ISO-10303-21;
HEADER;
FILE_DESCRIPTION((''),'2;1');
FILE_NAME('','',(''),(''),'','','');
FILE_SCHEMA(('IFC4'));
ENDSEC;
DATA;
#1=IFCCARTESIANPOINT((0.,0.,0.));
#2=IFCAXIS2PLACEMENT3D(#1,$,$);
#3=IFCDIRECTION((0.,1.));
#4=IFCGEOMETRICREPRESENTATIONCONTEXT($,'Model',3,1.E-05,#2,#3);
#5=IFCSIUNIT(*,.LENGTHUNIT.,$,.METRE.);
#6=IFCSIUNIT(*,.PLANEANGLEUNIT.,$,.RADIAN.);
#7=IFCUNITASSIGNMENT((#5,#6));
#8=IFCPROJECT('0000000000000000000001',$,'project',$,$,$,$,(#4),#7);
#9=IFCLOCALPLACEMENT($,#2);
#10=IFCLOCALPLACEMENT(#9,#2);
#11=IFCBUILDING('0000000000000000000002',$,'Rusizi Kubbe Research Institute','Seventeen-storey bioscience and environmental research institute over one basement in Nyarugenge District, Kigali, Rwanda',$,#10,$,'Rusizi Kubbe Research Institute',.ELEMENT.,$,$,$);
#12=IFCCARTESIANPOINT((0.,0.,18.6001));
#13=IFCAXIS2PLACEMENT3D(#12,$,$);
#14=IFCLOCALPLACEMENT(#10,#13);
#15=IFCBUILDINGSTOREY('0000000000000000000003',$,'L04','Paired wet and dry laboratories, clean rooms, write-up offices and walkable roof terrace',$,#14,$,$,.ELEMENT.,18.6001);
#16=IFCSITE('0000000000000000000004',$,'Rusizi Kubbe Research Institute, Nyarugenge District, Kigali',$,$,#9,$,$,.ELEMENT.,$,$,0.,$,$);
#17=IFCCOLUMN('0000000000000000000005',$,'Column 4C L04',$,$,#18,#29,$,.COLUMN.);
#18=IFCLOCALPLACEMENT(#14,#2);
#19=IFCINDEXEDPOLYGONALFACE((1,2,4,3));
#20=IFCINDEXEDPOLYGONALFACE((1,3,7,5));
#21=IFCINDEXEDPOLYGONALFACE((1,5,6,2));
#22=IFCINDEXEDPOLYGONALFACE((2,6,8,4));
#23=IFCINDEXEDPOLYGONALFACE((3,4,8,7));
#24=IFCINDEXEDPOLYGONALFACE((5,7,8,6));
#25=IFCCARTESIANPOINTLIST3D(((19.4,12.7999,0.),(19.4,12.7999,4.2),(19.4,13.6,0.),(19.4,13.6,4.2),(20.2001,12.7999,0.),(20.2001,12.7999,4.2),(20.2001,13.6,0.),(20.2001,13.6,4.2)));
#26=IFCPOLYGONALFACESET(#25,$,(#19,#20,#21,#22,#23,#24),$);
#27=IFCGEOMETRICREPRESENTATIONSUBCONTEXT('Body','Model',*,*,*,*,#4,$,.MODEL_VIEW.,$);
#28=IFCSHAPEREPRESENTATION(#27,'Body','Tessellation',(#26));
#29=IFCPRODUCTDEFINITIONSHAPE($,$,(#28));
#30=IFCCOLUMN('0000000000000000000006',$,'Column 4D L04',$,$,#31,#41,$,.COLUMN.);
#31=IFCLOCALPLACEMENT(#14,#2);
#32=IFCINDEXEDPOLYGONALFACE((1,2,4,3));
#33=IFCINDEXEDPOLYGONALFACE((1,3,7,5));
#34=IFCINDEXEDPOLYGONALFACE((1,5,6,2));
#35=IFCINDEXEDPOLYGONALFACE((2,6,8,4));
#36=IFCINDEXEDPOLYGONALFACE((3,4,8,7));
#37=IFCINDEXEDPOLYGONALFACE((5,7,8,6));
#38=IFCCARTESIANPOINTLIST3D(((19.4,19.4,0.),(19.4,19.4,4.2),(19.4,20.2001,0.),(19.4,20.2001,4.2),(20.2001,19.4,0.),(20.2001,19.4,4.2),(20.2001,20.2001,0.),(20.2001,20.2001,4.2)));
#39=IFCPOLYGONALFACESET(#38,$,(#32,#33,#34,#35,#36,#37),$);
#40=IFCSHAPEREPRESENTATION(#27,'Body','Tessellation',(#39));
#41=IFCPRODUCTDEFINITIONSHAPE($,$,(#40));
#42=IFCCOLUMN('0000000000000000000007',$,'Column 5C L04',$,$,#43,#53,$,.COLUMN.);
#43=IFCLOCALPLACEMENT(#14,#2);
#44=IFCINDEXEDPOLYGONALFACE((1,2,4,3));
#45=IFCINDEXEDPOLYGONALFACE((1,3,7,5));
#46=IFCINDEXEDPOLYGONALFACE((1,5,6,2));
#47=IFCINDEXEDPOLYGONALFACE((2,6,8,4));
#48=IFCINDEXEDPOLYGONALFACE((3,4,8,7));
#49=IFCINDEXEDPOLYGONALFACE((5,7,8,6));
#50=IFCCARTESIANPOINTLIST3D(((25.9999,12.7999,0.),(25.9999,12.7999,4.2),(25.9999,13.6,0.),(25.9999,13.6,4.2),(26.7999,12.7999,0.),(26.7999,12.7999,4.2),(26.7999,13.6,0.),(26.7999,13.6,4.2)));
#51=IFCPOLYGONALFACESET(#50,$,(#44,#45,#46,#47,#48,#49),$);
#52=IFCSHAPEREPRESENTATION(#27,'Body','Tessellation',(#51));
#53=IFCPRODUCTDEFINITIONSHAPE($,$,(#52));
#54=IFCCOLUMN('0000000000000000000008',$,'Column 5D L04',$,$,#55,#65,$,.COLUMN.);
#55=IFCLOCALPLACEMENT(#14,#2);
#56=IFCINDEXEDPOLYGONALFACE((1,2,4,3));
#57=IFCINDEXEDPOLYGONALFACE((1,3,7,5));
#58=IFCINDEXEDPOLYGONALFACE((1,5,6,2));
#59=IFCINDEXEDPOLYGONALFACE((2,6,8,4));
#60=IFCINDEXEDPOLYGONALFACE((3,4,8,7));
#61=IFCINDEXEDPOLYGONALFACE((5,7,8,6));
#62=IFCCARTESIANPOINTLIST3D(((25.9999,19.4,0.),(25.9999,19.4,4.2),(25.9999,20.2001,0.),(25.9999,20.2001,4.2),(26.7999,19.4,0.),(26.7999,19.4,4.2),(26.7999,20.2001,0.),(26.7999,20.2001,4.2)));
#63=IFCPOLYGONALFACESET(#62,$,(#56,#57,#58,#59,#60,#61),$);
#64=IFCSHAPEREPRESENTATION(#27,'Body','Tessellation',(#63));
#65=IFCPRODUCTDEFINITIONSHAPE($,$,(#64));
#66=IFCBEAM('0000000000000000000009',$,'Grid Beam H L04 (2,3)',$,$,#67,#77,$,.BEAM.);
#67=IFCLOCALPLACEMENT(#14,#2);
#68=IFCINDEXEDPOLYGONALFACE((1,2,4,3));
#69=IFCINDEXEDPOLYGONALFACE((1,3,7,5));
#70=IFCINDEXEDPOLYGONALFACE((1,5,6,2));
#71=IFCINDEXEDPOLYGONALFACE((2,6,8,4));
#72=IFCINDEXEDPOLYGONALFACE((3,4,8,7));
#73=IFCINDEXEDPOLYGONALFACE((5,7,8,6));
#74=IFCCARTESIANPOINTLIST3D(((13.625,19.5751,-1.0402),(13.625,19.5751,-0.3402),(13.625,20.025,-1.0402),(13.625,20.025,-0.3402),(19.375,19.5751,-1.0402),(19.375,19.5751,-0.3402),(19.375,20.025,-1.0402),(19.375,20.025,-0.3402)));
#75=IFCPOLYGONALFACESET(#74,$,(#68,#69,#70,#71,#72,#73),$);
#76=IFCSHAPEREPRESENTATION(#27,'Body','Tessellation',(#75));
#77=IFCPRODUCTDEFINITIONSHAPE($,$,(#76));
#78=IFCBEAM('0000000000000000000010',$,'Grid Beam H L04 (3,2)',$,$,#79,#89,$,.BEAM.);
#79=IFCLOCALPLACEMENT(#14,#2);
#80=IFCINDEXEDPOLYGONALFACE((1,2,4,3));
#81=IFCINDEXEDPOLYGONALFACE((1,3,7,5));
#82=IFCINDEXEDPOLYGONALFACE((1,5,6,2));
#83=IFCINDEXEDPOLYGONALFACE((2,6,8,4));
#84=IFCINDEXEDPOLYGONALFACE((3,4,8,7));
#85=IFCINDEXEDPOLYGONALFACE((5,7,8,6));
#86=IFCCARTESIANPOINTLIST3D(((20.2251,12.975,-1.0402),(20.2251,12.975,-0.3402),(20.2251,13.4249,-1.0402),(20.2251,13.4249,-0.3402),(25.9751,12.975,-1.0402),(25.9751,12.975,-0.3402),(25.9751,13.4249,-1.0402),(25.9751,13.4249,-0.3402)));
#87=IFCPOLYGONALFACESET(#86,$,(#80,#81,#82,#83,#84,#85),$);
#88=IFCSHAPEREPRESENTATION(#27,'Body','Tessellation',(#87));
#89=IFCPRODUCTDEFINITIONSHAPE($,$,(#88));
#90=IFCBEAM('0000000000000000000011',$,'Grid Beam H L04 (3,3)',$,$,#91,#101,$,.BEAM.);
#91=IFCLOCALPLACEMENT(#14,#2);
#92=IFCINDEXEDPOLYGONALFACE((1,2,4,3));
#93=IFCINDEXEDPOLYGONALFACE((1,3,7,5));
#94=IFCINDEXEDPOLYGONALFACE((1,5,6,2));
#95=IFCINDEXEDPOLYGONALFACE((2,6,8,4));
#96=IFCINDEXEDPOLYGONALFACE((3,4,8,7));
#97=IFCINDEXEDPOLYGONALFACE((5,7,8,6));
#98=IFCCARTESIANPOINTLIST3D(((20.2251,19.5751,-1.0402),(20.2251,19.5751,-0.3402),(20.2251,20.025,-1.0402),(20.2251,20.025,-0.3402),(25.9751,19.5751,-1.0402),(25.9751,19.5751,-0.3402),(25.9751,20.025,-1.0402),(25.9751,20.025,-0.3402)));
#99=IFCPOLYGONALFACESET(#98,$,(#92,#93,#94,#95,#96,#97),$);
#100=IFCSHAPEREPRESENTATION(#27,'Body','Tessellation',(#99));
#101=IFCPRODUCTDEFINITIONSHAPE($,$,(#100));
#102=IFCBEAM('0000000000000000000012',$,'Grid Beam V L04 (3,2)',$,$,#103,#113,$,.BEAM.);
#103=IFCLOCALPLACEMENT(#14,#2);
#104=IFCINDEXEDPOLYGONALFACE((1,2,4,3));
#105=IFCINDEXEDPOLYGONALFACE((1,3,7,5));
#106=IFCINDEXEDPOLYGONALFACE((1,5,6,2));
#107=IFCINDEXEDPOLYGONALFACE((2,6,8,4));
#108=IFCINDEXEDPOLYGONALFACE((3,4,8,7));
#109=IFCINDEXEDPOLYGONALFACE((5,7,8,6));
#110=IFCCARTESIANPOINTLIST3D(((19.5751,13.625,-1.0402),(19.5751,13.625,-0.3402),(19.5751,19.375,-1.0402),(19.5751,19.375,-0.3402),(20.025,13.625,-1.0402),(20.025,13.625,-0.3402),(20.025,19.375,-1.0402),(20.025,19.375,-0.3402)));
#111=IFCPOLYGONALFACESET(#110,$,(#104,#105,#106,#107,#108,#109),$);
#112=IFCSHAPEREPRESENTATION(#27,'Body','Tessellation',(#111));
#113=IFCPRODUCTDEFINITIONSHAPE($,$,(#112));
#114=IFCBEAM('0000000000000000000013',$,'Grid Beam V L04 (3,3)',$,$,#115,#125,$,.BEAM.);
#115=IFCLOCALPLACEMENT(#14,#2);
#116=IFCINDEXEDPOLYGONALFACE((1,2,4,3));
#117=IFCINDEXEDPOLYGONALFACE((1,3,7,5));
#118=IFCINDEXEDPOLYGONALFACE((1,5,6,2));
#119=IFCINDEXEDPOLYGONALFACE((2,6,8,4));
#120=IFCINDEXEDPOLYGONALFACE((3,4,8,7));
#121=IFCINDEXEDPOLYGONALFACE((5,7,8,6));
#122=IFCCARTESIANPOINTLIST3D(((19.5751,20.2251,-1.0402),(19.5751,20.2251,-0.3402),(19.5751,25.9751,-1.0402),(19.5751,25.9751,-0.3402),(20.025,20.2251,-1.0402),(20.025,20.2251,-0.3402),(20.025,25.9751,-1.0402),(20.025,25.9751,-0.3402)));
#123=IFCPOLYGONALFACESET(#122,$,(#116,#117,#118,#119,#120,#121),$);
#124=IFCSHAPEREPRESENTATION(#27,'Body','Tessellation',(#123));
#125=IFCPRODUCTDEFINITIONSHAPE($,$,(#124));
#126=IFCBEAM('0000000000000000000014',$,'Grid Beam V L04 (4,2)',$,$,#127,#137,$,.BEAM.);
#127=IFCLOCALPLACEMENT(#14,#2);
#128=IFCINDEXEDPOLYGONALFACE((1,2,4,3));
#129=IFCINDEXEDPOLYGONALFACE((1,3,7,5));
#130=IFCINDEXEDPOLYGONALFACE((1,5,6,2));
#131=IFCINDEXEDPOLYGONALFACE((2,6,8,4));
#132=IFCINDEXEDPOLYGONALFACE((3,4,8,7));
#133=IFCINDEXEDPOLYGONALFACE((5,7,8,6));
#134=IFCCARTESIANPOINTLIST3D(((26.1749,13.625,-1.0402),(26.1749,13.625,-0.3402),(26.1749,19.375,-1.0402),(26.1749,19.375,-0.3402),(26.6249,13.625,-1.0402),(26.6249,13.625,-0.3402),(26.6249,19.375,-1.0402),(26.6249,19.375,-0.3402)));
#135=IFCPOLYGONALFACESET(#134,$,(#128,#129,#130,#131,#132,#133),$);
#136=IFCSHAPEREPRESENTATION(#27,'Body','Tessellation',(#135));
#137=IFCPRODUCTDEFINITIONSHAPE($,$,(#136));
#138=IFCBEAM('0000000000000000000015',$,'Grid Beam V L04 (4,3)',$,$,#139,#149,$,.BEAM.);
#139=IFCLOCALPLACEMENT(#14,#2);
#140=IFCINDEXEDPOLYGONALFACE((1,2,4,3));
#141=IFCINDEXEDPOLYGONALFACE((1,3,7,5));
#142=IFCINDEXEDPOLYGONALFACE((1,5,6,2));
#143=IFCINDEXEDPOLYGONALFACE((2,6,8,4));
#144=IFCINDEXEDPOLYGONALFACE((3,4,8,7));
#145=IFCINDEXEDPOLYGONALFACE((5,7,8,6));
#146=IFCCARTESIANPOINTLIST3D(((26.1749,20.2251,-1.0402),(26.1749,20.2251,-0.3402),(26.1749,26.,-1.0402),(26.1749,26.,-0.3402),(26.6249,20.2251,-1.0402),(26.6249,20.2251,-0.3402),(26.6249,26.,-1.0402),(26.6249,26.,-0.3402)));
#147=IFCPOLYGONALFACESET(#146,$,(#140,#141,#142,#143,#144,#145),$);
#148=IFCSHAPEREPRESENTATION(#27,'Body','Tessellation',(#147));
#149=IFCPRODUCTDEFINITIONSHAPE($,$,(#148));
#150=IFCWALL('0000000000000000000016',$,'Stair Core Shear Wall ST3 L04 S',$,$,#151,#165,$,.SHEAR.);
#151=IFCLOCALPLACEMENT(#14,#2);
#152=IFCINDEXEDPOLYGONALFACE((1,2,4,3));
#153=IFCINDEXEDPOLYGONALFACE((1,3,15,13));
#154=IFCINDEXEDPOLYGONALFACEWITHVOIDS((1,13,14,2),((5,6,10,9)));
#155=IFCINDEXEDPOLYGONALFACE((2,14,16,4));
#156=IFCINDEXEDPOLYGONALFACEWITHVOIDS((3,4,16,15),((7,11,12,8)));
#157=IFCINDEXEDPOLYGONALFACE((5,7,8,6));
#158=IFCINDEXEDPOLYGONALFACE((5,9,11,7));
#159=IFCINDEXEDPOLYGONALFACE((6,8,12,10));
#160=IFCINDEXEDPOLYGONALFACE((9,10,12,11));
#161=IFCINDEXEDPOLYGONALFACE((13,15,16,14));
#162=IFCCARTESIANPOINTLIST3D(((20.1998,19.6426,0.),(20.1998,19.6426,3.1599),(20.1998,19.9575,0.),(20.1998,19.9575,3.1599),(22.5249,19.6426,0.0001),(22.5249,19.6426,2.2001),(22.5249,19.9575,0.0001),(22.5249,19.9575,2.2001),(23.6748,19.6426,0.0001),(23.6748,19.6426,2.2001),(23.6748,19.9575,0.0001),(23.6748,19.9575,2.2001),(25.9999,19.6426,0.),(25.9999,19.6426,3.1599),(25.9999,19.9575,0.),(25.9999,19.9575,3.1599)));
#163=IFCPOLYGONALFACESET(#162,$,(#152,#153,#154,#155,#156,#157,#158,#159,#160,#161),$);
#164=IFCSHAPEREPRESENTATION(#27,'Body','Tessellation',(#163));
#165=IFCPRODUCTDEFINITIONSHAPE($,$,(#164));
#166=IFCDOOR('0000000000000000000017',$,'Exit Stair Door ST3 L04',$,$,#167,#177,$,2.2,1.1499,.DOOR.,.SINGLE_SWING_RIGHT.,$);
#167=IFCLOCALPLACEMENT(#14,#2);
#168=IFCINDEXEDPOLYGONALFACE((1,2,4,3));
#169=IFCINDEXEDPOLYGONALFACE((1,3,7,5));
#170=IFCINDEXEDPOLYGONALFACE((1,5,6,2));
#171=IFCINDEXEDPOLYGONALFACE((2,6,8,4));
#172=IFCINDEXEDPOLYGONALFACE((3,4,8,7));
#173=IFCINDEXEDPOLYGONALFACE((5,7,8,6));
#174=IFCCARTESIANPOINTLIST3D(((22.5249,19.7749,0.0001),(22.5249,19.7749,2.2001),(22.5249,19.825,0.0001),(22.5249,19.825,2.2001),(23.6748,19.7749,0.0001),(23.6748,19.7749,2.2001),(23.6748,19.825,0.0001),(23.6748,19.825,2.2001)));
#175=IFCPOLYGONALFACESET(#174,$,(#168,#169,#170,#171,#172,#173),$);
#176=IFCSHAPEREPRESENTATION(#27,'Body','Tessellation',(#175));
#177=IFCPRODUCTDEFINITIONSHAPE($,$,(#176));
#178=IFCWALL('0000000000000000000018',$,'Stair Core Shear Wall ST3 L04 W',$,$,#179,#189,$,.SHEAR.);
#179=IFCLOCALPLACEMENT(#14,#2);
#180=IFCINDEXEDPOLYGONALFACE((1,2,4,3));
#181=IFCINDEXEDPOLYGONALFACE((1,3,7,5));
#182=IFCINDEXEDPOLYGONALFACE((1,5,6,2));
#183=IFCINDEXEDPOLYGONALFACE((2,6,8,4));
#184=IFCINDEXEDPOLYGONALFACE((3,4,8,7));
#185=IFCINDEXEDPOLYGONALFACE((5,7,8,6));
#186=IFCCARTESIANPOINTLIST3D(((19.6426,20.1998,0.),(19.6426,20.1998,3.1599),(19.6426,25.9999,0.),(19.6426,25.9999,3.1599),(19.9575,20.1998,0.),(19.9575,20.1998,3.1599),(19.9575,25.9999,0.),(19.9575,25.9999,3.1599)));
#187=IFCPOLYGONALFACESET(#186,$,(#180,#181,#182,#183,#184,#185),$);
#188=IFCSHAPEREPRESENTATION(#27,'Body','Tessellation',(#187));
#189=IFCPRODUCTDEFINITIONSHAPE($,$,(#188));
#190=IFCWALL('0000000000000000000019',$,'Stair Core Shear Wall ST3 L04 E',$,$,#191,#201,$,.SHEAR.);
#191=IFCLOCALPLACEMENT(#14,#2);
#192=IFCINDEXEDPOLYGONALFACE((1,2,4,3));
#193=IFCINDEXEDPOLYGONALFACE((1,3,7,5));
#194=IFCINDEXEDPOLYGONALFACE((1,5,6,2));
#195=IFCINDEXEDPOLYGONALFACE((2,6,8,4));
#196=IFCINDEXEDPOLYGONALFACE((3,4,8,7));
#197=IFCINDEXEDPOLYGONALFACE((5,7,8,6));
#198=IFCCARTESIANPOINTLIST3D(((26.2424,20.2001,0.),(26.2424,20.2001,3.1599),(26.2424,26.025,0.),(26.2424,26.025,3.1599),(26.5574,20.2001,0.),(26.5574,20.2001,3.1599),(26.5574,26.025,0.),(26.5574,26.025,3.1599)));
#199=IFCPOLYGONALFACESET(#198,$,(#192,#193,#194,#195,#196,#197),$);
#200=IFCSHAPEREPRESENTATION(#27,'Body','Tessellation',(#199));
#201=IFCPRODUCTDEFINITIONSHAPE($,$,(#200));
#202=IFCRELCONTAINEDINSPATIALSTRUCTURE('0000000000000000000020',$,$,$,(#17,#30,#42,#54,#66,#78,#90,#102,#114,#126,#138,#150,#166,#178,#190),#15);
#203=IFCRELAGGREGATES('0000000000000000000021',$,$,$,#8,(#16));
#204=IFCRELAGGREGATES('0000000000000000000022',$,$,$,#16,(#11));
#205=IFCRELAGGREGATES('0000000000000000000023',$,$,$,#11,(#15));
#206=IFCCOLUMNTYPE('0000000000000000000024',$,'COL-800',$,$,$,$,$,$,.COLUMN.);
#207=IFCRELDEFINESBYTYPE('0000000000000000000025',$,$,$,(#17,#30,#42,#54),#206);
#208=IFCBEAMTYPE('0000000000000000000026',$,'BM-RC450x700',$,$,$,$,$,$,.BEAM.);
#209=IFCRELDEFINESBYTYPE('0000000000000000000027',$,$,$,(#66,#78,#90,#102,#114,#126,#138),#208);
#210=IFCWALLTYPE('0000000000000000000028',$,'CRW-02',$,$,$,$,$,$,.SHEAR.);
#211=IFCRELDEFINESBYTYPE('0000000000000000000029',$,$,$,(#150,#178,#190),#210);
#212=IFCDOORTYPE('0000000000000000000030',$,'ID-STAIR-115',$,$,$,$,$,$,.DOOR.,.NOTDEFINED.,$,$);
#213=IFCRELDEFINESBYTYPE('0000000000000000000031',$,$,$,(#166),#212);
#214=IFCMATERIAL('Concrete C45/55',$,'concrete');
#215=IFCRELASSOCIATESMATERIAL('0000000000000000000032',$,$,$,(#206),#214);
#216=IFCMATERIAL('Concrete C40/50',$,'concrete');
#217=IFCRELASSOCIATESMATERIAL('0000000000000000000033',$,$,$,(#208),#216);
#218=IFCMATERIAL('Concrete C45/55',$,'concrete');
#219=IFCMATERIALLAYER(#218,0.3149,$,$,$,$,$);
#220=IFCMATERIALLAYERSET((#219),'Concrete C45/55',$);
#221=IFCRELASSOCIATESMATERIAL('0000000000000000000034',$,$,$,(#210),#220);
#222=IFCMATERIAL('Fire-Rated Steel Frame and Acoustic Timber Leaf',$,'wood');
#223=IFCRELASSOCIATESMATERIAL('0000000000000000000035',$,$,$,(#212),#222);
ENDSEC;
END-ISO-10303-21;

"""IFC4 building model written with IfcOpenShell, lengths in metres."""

from ifc_helpers import new_model, si_unit, direction, frame, frame_2d, origin, origin_2d, place, context, subcontext, project, spatial, rectangle, extrude, material, layer, layer_set, material_profile, profile_set, type_object, element, fill, save


model = new_model("IFC4")

# Units and contexts
model_context = context("Model", 3, precision=1e-05, world=origin(), true_north=direction((0.0, 1.0)))
body_context = subcontext(model_context, "Body", "Model", "MODEL_VIEW")
ifc_project = project(units=[si_unit("LENGTHUNIT", "METRE"), si_unit("PLANEANGLEUNIT", "RADIAN")], contexts=[model_context])

# Site, building, storey
site_placement = place(None, origin())
site = spatial("IfcSite", under=ifc_project, at=site_placement, Name="Rusizi Kubbe Research Institute, Nyarugenge District, Kigali", CompositionType="ELEMENT", RefElevation=0.0)
building_placement = place(site_placement, origin())
building = spatial("IfcBuilding", under=site, at=building_placement, Name="Rusizi Kubbe Research Institute", Description="Seventeen-storey bioscience and environmental research institute over one basement in Nyarugenge District, Kigali, Rwanda", LongName="Rusizi Kubbe Research Institute", CompositionType="ELEMENT")
storey_placement = place(building_placement, frame((0.0, 0.0, 18.6001)))
storey = spatial("IfcBuildingStorey", under=building, at=storey_placement, Name="L04", Description="Paired wet and dry laboratories, clean rooms, write-up offices and walkable roof terrace", CompositionType="ELEMENT", Elevation=18.6001)

# Columns
ifc_material_1 = material(Name="Concrete C45/55", Category="concrete")
ifc_material_profile_1 = material_profile(ifc_material_1, rectangle(XDim=0.8, YDim=0.8, at=origin_2d()), Name="RC800x800")
ifc_profile_set_1 = profile_set([ifc_material_profile_1], Name="Concrete C45/55")
column_type = type_object("IfcColumnType", Name="COL-800", PredefinedType="COLUMN", material=ifc_profile_set_1)
for number, where, z_axis, x_axis, name in (
    (1, (19.8, 13.2, 0.0), (0.0, 0.0, 1.0), (1.0, 0.0, 0.0), "Column 4C L04"),
    (2, (19.8, 19.8, 0.0), (0.0, 0.0, 1.0), (1.0, 0.0, 0.0), "Column 4D L04"),
    (3, (26.3999, 13.2, 0.0), (0.0, 0.0, 1.0), (1.0, 0.0, 0.0), "Column 5C L04"),
    (4, (26.3999, 19.8, 0.0), (0.0, 0.0, 1.0), (1.0, 0.0, 0.0), "Column 5D L04"),
):
    element("IfcColumn", number, at=place(storey_placement, frame(where, z_axis=z_axis, x_axis=x_axis)), inside=storey, type_object=column_type, Name=name, PredefinedType="COLUMN", context=body_context, shape_type="SweptSolid", body=[
        extrude(rectangle(XDim=0.8, YDim=0.8, at=origin_2d()), origin(), (0.0, 0.0, 1.0), 4.2),
    ])

# Beams
ifc_material_2 = material(Name="Concrete C40/50", Category="concrete")
ifc_material_profile_2 = material_profile(ifc_material_2, rectangle(XDim=0.45, YDim=0.7, at=origin_2d()), Name="RC450x700B")
ifc_profile_set_2 = profile_set([ifc_material_profile_2], Name="Concrete C40/50")
beam_type = type_object("IfcBeamType", Name="BM-RC450x700", PredefinedType="BEAM", material=ifc_profile_set_2)
for number, where, z_axis, x_axis, name in (
    (5, (13.625, 19.8, -0.6902), (1.0, 0.0, 0.0), (0.0, 1.0, 0.0), "Grid Beam H L04 (2,3)"),
    (6, (20.2251, 13.2, -0.6902), (1.0, 0.0, 0.0), (0.0, 1.0, 0.0), "Grid Beam H L04 (3,2)"),
    (7, (20.2251, 19.8, -0.6902), (1.0, 0.0, 0.0), (0.0, 1.0, 0.0), "Grid Beam H L04 (3,3)"),
    (8, (19.8, 13.625, -0.6902), (0.0, 1.0, 0.0), (-1.0, 0.0, 0.0), "Grid Beam V L04 (3,2)"),
    (9, (19.8, 20.2251, -0.6902), (0.0, 1.0, 0.0), (-1.0, 0.0, 0.0), "Grid Beam V L04 (3,3)"),
    (10, (26.3999, 13.625, -0.6902), (0.0, 1.0, 0.0), (-1.0, 0.0, 0.0), "Grid Beam V L04 (4,2)"),
):
    element("IfcBeam", number, at=place(storey_placement, frame(where, z_axis=z_axis, x_axis=x_axis)), inside=storey, type_object=beam_type, Name=name, PredefinedType="BEAM", context=body_context, shape_type="SweptSolid", body=[
        extrude(rectangle(XDim=0.45, YDim=0.7, at=origin_2d()), origin(), (0.0, 0.0, 1.0), 5.75),
    ])
beam_placement = place(storey_placement, frame((26.3999, 20.2251, -0.6902), z_axis=(0.0, 1.0, 0.0), x_axis=(-1.0, 0.0, 0.0)))
element("IfcBeam", 11, at=beam_placement, inside=storey, type_object=beam_type, Name="Grid Beam V L04 (4,3)", PredefinedType="BEAM", context=body_context, shape_type="SweptSolid", body=[
    extrude(rectangle(XDim=0.45, YDim=0.7, at=origin_2d()), origin(), (0.0, 0.0, 1.0), 5.7749),
])

# Wall, opening, door
ifc_material_3 = material(Name="Concrete C45/55", Category="concrete")
ifc_layer_1 = layer(ifc_material_3, 0.3149)
ifc_layer_set_1 = layer_set([ifc_layer_1], Name="Concrete C45/55")
wall_type_1 = type_object("IfcWallType", Name="CRW-02", PredefinedType="SHEAR", material=ifc_layer_set_1)
wall_1_placement = place(storey_placement, frame((20.2, 19.8, 0.0), z_axis=(0.0, 0.0, 1.0), x_axis=(1.0, 0.0, 0.0)))
wall_1 = element("IfcWall", 12, at=wall_1_placement, inside=storey, type_object=wall_type_1, Name="Stair Core Shear Wall ST3 L04 S", PredefinedType="SHEAR", context=body_context, shape_type="SweptSolid", body=[
    extrude(rectangle(XDim=5.8, YDim=0.3149, at=frame_2d((2.8999, 0.0))), origin(), (0.0, 0.0, 1.0), 3.1599),
])
opening_1_placement = place(wall_1_placement, frame((2.325, 0.0, 0.0)))
opening_1 = element("IfcOpeningElement", 13, at=opening_1_placement, cuts=wall_1, PredefinedType="OPENING", context=body_context, shape_type="SweptSolid", body=[
    extrude(rectangle(XDim=1.1499, YDim=2.2, at=frame_2d((0.575, 1.1001))), frame((0.0, 0.1675, 0.0), z_axis=(0.0, -1.0, 0.0), x_axis=(1.0, 0.0, 0.0)), (0.0, 0.0, 1.0), 0.335),
])
ifc_material_4 = material(Name="Fire-Rated Steel Frame and Acoustic Timber Leaf", Category="wood")
door_type_1 = type_object("IfcDoorType", Name="ID-STAIR-115", OperationType="NOTDEFINED", PredefinedType="DOOR", material=ifc_material_4)
door_1_placement = place(opening_1_placement, origin())
door_1 = element("IfcDoor", 14, at=door_1_placement, inside=storey, type_object=door_type_1, Name="Exit Stair Door ST3 L04", OperationType="SINGLE_SWING_RIGHT", OverallHeight=2.2, OverallWidth=1.1499, PredefinedType="DOOR", context=body_context, shape_type="SweptSolid", body=[
    extrude(rectangle(XDim=1.1499, YDim=2.2, at=frame_2d((0.575, 1.1001))), frame((0.0, 0.0249, 0.0), z_axis=(0.0, -1.0, 0.0), x_axis=(1.0, 0.0, 0.0)), (0.0, 0.0, 1.0), 0.05),
])
fill(opening_1, door_1)

# Walls
wall_2_placement = place(storey_placement, frame((19.8, 20.2, 0.0), z_axis=(0.0, 0.0, 1.0), x_axis=(0.0, 1.0, 0.0)))
element("IfcWall", 15, at=wall_2_placement, inside=storey, type_object=wall_type_1, Name="Stair Core Shear Wall ST3 L04 W", PredefinedType="SHEAR", context=body_context, shape_type="SweptSolid", body=[
    extrude(rectangle(XDim=5.8, YDim=0.3149, at=frame_2d((2.8999, 0.0))), origin(), (0.0, 0.0, 1.0), 3.1599),
])
wall_3_placement = place(storey_placement, frame((26.3999, 20.2, 0.0), z_axis=(0.0, 0.0, 1.0), x_axis=(0.0, 1.0, 0.0)))
element("IfcWall", 16, at=wall_3_placement, inside=storey, type_object=wall_type_1, Name="Stair Core Shear Wall ST3 L04 E", PredefinedType="SHEAR", context=body_context, shape_type="SweptSolid", body=[
    extrude(rectangle(XDim=5.825, YDim=0.3149, at=frame_2d((2.9126, 0.0))), origin(), (0.0, 0.0, 1.0), 3.1599),
])

save(model, "model.ifc")
